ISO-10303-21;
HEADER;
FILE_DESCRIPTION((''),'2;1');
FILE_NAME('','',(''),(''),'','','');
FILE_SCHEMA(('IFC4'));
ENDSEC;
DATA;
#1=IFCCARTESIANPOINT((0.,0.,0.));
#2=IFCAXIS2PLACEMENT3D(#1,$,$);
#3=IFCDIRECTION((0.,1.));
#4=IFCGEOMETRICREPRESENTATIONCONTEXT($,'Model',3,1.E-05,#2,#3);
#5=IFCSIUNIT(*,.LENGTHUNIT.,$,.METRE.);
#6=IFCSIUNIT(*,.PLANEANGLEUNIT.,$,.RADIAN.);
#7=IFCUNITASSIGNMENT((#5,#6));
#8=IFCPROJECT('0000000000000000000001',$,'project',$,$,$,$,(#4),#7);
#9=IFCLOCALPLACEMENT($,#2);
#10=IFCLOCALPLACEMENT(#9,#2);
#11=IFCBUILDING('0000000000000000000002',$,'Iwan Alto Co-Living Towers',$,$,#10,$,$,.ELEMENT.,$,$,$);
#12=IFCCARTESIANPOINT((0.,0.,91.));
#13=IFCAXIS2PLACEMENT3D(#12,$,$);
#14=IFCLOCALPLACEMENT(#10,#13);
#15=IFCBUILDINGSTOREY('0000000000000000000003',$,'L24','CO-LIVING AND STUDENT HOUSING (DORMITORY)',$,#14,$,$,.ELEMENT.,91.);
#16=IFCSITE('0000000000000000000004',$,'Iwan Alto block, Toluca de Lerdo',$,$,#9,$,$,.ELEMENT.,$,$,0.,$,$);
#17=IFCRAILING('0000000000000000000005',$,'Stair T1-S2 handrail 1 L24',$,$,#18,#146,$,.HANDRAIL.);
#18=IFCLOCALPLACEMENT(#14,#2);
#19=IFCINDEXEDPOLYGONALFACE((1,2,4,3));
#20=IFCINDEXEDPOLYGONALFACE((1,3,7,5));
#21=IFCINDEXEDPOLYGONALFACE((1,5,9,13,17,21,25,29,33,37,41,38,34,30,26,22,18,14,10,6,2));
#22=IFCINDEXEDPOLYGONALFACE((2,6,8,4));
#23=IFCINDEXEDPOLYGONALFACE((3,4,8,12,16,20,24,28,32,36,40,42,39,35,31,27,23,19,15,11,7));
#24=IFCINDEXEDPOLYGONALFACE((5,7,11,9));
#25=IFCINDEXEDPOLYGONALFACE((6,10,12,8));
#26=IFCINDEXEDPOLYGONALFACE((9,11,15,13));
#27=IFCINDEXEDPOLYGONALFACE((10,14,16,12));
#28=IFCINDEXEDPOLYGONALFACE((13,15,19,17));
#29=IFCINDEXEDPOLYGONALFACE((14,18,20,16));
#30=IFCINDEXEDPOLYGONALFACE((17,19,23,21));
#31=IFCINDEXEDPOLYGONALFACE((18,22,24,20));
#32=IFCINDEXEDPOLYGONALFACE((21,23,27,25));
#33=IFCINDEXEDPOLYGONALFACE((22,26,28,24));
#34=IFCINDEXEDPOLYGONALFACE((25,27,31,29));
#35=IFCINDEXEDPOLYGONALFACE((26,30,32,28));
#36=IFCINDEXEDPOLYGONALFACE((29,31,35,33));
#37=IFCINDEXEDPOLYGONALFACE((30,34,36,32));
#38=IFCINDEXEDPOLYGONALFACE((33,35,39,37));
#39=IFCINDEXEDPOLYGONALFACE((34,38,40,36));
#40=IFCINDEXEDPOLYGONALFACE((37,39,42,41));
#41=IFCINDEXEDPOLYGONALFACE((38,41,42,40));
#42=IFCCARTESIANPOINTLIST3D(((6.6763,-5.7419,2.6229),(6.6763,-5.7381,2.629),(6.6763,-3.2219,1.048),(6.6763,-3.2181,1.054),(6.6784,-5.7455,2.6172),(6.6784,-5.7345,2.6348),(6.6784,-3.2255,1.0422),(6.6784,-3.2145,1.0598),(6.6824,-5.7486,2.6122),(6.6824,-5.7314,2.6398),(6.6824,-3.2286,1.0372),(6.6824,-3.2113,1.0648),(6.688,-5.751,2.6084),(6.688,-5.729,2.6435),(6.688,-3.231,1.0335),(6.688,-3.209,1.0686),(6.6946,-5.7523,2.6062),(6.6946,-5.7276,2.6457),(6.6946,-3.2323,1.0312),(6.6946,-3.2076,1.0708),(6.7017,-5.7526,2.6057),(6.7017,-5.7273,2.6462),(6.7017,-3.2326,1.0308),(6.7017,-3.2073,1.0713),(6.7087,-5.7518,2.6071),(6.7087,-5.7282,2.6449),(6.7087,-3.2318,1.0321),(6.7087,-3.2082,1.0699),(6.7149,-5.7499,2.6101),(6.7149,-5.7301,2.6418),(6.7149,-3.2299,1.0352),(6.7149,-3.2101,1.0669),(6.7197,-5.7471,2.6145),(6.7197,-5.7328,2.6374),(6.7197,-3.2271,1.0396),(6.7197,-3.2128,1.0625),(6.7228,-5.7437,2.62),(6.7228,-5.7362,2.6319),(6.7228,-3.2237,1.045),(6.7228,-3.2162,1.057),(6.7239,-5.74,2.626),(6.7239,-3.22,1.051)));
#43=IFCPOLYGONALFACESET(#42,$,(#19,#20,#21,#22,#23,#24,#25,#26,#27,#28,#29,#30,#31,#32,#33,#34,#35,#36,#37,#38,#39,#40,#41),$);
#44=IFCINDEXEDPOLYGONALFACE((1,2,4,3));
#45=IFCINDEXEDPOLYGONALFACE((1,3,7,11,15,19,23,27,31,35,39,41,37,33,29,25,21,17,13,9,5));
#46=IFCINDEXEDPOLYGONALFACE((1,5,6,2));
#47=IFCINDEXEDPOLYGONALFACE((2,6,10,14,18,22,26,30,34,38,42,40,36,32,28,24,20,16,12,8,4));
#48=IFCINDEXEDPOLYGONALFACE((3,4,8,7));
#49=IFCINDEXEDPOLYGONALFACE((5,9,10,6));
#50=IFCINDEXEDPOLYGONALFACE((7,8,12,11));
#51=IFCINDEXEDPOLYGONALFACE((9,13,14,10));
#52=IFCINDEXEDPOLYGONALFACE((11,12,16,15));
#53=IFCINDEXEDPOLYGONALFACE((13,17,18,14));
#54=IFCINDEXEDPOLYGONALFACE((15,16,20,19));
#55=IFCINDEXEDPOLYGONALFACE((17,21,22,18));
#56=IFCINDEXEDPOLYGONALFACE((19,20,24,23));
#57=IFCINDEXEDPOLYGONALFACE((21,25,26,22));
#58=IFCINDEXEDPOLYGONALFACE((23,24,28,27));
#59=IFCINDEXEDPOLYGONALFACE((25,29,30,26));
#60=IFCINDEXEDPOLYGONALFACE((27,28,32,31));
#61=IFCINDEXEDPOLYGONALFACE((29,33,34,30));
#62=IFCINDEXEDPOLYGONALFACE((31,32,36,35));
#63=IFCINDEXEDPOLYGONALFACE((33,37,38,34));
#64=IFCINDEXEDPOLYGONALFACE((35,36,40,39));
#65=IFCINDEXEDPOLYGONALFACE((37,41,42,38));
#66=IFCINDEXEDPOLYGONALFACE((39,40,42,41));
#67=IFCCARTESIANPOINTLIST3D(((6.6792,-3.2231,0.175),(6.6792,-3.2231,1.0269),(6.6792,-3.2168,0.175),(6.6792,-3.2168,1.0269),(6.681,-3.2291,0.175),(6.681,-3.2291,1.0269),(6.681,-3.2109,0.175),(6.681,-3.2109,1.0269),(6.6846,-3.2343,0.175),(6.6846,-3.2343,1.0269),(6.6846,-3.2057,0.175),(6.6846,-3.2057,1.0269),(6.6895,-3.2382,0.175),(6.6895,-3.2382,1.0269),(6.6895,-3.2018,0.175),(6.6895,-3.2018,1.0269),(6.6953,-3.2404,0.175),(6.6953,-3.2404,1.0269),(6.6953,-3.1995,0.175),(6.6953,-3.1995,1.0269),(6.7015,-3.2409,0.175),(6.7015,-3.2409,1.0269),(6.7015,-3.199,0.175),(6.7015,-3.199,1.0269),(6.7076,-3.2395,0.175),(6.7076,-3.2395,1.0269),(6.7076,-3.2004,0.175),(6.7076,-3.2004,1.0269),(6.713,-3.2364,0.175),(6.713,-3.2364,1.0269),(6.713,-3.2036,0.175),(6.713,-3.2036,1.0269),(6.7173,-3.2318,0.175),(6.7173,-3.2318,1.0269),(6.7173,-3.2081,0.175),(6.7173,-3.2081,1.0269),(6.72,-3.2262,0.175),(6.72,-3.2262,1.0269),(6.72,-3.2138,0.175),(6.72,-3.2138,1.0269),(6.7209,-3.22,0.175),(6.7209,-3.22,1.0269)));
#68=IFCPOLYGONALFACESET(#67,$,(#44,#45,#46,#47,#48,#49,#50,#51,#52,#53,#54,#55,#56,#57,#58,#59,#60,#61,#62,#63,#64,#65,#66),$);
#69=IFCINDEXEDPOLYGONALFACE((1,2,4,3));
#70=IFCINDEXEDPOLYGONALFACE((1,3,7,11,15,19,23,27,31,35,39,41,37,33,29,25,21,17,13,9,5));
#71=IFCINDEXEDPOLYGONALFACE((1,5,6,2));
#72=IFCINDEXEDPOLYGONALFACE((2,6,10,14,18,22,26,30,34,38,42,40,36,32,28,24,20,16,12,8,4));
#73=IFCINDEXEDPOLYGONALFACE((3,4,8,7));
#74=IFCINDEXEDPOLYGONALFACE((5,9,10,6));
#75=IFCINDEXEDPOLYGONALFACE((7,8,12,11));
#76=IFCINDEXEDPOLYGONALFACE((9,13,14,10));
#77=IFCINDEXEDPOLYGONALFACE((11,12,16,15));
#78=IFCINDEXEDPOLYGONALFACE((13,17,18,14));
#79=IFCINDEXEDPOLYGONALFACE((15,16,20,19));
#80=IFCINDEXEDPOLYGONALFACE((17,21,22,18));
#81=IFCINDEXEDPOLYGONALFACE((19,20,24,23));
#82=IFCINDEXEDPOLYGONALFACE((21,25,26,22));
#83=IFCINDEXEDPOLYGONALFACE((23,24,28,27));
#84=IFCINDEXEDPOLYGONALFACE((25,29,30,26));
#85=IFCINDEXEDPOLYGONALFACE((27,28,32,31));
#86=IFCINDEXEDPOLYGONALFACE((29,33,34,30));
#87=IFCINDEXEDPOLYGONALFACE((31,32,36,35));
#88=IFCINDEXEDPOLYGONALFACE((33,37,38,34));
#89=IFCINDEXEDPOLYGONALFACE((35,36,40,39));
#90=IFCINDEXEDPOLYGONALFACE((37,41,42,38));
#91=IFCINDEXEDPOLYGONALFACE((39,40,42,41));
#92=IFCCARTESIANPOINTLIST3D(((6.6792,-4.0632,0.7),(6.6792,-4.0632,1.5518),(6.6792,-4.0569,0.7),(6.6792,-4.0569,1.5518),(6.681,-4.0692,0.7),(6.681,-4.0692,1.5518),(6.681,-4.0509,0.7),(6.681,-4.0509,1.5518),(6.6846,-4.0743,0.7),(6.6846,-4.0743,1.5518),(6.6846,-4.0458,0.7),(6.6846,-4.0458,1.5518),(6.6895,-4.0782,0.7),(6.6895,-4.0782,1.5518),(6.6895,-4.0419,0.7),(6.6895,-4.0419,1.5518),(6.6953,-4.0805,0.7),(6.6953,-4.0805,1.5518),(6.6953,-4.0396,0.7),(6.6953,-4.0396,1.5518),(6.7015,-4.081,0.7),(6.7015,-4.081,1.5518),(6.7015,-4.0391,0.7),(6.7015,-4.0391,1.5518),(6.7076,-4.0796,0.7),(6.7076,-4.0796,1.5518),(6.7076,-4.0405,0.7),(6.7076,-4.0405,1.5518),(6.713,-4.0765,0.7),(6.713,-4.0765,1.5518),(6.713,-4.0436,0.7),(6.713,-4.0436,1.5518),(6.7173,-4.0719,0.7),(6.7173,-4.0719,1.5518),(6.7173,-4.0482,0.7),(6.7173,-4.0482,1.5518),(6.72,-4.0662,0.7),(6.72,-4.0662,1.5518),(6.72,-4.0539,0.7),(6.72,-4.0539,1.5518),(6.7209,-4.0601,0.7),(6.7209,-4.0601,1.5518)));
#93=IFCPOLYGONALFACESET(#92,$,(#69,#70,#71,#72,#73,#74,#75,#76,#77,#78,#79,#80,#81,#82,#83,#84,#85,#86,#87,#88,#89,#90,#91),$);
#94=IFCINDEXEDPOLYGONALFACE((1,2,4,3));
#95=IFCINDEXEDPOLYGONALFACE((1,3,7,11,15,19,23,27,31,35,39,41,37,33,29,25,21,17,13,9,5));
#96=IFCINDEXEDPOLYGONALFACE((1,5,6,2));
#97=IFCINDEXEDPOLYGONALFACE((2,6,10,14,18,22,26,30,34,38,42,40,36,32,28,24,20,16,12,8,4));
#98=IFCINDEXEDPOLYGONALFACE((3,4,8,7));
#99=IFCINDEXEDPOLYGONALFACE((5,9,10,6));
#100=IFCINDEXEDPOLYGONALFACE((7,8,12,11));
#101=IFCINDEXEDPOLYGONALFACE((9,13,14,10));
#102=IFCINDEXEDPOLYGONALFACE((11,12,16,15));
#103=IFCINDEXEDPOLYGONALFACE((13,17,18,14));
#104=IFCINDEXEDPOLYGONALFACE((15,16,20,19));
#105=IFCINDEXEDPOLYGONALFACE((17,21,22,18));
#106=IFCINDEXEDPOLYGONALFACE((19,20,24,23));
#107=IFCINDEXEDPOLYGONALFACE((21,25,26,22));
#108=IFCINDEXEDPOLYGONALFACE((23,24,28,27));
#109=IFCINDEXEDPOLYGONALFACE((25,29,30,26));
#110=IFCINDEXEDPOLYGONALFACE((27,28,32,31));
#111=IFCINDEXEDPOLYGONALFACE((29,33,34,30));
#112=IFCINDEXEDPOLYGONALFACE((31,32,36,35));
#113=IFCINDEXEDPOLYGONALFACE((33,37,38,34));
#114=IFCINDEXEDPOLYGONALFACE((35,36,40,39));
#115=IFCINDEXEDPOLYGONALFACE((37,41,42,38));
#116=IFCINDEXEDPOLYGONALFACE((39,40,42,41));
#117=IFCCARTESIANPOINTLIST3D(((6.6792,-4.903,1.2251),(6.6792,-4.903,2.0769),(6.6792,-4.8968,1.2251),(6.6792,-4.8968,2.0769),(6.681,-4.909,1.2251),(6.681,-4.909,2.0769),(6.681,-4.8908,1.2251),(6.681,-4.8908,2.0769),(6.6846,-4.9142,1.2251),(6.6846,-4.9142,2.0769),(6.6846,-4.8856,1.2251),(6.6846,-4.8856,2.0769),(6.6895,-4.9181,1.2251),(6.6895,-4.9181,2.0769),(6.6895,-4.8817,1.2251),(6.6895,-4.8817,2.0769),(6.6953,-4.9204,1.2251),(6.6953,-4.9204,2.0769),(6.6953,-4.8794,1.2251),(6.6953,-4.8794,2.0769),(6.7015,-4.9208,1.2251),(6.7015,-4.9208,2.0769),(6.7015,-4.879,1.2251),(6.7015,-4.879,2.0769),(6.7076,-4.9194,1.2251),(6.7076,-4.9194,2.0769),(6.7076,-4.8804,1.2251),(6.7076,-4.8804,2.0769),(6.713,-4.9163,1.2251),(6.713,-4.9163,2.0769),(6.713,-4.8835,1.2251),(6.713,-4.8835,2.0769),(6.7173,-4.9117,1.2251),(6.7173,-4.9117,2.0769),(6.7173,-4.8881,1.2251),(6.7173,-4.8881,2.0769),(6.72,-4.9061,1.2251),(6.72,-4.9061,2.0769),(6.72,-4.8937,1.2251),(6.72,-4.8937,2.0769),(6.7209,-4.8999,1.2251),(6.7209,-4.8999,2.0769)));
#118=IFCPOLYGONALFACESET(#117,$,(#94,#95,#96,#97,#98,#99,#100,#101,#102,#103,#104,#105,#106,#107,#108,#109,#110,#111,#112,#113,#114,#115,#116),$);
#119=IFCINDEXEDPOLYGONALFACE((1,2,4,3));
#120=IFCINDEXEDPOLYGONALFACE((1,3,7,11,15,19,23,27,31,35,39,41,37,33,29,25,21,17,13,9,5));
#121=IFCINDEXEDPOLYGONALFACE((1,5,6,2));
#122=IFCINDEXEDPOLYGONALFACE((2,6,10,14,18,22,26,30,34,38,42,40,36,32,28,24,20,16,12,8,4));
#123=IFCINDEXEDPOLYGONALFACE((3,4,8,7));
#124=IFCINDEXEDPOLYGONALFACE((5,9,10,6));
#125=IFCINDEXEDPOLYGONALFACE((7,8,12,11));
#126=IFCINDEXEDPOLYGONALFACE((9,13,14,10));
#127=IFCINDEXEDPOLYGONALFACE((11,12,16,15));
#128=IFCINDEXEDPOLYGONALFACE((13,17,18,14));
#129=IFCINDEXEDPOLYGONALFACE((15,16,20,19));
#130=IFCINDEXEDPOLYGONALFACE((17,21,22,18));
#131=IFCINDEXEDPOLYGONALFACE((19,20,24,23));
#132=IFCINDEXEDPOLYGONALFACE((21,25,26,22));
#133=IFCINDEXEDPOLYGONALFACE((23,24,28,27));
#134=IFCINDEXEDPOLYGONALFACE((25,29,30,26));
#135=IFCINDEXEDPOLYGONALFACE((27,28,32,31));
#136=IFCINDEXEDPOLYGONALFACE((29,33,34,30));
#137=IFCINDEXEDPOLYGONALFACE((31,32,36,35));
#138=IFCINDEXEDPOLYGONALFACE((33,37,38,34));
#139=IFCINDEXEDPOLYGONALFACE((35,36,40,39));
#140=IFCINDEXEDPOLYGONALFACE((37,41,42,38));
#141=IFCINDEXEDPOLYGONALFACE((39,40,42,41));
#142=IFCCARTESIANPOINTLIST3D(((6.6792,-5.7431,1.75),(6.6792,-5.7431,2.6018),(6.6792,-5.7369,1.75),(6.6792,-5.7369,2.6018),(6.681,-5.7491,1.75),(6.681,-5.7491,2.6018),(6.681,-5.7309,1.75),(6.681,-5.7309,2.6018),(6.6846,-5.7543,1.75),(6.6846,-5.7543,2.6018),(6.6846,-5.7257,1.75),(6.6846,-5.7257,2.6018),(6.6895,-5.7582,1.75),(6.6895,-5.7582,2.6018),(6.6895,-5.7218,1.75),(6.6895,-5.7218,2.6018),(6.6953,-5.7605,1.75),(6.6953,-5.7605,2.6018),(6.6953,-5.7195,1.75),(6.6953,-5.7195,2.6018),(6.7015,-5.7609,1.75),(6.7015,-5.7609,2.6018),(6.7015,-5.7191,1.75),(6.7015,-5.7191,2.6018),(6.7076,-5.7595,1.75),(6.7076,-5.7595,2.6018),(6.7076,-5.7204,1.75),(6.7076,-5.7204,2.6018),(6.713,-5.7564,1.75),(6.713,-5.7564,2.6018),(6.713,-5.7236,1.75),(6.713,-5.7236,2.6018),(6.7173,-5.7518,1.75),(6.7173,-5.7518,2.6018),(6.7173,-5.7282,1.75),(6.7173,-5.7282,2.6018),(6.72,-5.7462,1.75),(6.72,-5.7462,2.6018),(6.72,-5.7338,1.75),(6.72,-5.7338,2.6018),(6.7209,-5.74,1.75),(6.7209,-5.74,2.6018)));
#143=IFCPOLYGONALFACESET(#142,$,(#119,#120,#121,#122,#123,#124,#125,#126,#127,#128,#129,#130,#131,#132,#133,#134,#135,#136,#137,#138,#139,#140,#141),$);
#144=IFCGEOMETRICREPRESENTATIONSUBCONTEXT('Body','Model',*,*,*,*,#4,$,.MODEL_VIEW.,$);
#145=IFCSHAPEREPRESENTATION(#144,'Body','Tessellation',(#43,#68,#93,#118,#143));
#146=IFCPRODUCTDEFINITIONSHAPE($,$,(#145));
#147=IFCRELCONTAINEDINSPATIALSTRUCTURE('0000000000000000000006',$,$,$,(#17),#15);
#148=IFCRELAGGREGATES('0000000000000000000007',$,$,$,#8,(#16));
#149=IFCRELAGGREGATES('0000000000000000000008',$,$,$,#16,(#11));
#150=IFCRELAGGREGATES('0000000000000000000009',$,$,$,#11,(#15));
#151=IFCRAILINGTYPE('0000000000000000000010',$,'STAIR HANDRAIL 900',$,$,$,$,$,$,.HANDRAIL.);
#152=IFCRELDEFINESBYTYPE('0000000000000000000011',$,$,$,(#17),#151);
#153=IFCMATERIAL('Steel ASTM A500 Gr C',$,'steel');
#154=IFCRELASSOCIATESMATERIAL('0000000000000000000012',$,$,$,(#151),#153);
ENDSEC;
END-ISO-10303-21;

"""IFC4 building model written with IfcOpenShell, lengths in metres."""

from ifc_helpers import new_model, si_unit, direction, frame, origin, origin_2d, place, context, subcontext, project, spatial, circle, extrude, material, type_object, element, save


model = new_model("IFC4")

# Units and contexts
model_context = context("Model", 3, precision=1e-05, world=origin(), true_north=direction((0.0, 1.0)))
body_context = subcontext(model_context, "Body", "Model", "MODEL_VIEW")
ifc_project = project(units=[si_unit("LENGTHUNIT", "METRE"), si_unit("PLANEANGLEUNIT", "RADIAN")], contexts=[model_context])

# Site, building, storey
site_placement = place(None, origin())
site = spatial("IfcSite", under=ifc_project, at=site_placement, Name="Iwan Alto block, Toluca de Lerdo", CompositionType="ELEMENT", RefElevation=0.0)
building_placement = place(site_placement, origin())
building = spatial("IfcBuilding", under=site, at=building_placement, Name="Iwan Alto Co-Living Towers", CompositionType="ELEMENT")
storey_placement = place(building_placement, frame((0.0, 0.0, 91.0)))
storey = spatial("IfcBuildingStorey", under=building, at=storey_placement, Name="L24", Description="CO-LIVING AND STUDENT HOUSING (DORMITORY)", CompositionType="ELEMENT", Elevation=91.0)

# Railing
ifc_material_1 = material(Name="Steel ASTM A500 Gr C", Category="steel")
railing_type_1 = type_object("IfcRailingType", Name="STAIR HANDRAIL 900", PredefinedType="HANDRAIL", material=ifc_material_1)
railing_1_placement = place(storey_placement, frame((6.7, -3.22, 0.175)))
element("IfcRailing", 1, at=railing_1_placement, inside=storey, type_object=railing_type_1, Name="Stair T1-S2 handrail 1 L24", PredefinedType="HANDRAIL", context=body_context, shape_type="SweptSolid", body=[
    extrude(circle(Radius=0.0239, at=origin_2d()), frame((0.0, 0.0, 0.876), z_axis=(0.0, -0.848008, 0.529984), x_axis=(1.0, 0.0, 0.0)), (0.0, 0.0, 1.0), 2.9717),
    extrude(circle(Radius=0.021, at=origin_2d()), origin(), (0.0, 0.0, 1.0), 0.8518),
    extrude(circle(Radius=0.021, at=origin_2d()), frame((0.0, -0.8401, 0.5249)), (0.0, 0.0, 1.0), 0.8518),
    extrude(circle(Radius=0.021, at=origin_2d()), frame((0.0, -1.6799, 1.05)), (0.0, 0.0, 1.0), 0.8518),
    extrude(circle(Radius=0.021, at=origin_2d()), frame((0.0, -2.52, 1.575)), (0.0, 0.0, 1.0), 0.8518),
])

save(model, "model.ifc")
